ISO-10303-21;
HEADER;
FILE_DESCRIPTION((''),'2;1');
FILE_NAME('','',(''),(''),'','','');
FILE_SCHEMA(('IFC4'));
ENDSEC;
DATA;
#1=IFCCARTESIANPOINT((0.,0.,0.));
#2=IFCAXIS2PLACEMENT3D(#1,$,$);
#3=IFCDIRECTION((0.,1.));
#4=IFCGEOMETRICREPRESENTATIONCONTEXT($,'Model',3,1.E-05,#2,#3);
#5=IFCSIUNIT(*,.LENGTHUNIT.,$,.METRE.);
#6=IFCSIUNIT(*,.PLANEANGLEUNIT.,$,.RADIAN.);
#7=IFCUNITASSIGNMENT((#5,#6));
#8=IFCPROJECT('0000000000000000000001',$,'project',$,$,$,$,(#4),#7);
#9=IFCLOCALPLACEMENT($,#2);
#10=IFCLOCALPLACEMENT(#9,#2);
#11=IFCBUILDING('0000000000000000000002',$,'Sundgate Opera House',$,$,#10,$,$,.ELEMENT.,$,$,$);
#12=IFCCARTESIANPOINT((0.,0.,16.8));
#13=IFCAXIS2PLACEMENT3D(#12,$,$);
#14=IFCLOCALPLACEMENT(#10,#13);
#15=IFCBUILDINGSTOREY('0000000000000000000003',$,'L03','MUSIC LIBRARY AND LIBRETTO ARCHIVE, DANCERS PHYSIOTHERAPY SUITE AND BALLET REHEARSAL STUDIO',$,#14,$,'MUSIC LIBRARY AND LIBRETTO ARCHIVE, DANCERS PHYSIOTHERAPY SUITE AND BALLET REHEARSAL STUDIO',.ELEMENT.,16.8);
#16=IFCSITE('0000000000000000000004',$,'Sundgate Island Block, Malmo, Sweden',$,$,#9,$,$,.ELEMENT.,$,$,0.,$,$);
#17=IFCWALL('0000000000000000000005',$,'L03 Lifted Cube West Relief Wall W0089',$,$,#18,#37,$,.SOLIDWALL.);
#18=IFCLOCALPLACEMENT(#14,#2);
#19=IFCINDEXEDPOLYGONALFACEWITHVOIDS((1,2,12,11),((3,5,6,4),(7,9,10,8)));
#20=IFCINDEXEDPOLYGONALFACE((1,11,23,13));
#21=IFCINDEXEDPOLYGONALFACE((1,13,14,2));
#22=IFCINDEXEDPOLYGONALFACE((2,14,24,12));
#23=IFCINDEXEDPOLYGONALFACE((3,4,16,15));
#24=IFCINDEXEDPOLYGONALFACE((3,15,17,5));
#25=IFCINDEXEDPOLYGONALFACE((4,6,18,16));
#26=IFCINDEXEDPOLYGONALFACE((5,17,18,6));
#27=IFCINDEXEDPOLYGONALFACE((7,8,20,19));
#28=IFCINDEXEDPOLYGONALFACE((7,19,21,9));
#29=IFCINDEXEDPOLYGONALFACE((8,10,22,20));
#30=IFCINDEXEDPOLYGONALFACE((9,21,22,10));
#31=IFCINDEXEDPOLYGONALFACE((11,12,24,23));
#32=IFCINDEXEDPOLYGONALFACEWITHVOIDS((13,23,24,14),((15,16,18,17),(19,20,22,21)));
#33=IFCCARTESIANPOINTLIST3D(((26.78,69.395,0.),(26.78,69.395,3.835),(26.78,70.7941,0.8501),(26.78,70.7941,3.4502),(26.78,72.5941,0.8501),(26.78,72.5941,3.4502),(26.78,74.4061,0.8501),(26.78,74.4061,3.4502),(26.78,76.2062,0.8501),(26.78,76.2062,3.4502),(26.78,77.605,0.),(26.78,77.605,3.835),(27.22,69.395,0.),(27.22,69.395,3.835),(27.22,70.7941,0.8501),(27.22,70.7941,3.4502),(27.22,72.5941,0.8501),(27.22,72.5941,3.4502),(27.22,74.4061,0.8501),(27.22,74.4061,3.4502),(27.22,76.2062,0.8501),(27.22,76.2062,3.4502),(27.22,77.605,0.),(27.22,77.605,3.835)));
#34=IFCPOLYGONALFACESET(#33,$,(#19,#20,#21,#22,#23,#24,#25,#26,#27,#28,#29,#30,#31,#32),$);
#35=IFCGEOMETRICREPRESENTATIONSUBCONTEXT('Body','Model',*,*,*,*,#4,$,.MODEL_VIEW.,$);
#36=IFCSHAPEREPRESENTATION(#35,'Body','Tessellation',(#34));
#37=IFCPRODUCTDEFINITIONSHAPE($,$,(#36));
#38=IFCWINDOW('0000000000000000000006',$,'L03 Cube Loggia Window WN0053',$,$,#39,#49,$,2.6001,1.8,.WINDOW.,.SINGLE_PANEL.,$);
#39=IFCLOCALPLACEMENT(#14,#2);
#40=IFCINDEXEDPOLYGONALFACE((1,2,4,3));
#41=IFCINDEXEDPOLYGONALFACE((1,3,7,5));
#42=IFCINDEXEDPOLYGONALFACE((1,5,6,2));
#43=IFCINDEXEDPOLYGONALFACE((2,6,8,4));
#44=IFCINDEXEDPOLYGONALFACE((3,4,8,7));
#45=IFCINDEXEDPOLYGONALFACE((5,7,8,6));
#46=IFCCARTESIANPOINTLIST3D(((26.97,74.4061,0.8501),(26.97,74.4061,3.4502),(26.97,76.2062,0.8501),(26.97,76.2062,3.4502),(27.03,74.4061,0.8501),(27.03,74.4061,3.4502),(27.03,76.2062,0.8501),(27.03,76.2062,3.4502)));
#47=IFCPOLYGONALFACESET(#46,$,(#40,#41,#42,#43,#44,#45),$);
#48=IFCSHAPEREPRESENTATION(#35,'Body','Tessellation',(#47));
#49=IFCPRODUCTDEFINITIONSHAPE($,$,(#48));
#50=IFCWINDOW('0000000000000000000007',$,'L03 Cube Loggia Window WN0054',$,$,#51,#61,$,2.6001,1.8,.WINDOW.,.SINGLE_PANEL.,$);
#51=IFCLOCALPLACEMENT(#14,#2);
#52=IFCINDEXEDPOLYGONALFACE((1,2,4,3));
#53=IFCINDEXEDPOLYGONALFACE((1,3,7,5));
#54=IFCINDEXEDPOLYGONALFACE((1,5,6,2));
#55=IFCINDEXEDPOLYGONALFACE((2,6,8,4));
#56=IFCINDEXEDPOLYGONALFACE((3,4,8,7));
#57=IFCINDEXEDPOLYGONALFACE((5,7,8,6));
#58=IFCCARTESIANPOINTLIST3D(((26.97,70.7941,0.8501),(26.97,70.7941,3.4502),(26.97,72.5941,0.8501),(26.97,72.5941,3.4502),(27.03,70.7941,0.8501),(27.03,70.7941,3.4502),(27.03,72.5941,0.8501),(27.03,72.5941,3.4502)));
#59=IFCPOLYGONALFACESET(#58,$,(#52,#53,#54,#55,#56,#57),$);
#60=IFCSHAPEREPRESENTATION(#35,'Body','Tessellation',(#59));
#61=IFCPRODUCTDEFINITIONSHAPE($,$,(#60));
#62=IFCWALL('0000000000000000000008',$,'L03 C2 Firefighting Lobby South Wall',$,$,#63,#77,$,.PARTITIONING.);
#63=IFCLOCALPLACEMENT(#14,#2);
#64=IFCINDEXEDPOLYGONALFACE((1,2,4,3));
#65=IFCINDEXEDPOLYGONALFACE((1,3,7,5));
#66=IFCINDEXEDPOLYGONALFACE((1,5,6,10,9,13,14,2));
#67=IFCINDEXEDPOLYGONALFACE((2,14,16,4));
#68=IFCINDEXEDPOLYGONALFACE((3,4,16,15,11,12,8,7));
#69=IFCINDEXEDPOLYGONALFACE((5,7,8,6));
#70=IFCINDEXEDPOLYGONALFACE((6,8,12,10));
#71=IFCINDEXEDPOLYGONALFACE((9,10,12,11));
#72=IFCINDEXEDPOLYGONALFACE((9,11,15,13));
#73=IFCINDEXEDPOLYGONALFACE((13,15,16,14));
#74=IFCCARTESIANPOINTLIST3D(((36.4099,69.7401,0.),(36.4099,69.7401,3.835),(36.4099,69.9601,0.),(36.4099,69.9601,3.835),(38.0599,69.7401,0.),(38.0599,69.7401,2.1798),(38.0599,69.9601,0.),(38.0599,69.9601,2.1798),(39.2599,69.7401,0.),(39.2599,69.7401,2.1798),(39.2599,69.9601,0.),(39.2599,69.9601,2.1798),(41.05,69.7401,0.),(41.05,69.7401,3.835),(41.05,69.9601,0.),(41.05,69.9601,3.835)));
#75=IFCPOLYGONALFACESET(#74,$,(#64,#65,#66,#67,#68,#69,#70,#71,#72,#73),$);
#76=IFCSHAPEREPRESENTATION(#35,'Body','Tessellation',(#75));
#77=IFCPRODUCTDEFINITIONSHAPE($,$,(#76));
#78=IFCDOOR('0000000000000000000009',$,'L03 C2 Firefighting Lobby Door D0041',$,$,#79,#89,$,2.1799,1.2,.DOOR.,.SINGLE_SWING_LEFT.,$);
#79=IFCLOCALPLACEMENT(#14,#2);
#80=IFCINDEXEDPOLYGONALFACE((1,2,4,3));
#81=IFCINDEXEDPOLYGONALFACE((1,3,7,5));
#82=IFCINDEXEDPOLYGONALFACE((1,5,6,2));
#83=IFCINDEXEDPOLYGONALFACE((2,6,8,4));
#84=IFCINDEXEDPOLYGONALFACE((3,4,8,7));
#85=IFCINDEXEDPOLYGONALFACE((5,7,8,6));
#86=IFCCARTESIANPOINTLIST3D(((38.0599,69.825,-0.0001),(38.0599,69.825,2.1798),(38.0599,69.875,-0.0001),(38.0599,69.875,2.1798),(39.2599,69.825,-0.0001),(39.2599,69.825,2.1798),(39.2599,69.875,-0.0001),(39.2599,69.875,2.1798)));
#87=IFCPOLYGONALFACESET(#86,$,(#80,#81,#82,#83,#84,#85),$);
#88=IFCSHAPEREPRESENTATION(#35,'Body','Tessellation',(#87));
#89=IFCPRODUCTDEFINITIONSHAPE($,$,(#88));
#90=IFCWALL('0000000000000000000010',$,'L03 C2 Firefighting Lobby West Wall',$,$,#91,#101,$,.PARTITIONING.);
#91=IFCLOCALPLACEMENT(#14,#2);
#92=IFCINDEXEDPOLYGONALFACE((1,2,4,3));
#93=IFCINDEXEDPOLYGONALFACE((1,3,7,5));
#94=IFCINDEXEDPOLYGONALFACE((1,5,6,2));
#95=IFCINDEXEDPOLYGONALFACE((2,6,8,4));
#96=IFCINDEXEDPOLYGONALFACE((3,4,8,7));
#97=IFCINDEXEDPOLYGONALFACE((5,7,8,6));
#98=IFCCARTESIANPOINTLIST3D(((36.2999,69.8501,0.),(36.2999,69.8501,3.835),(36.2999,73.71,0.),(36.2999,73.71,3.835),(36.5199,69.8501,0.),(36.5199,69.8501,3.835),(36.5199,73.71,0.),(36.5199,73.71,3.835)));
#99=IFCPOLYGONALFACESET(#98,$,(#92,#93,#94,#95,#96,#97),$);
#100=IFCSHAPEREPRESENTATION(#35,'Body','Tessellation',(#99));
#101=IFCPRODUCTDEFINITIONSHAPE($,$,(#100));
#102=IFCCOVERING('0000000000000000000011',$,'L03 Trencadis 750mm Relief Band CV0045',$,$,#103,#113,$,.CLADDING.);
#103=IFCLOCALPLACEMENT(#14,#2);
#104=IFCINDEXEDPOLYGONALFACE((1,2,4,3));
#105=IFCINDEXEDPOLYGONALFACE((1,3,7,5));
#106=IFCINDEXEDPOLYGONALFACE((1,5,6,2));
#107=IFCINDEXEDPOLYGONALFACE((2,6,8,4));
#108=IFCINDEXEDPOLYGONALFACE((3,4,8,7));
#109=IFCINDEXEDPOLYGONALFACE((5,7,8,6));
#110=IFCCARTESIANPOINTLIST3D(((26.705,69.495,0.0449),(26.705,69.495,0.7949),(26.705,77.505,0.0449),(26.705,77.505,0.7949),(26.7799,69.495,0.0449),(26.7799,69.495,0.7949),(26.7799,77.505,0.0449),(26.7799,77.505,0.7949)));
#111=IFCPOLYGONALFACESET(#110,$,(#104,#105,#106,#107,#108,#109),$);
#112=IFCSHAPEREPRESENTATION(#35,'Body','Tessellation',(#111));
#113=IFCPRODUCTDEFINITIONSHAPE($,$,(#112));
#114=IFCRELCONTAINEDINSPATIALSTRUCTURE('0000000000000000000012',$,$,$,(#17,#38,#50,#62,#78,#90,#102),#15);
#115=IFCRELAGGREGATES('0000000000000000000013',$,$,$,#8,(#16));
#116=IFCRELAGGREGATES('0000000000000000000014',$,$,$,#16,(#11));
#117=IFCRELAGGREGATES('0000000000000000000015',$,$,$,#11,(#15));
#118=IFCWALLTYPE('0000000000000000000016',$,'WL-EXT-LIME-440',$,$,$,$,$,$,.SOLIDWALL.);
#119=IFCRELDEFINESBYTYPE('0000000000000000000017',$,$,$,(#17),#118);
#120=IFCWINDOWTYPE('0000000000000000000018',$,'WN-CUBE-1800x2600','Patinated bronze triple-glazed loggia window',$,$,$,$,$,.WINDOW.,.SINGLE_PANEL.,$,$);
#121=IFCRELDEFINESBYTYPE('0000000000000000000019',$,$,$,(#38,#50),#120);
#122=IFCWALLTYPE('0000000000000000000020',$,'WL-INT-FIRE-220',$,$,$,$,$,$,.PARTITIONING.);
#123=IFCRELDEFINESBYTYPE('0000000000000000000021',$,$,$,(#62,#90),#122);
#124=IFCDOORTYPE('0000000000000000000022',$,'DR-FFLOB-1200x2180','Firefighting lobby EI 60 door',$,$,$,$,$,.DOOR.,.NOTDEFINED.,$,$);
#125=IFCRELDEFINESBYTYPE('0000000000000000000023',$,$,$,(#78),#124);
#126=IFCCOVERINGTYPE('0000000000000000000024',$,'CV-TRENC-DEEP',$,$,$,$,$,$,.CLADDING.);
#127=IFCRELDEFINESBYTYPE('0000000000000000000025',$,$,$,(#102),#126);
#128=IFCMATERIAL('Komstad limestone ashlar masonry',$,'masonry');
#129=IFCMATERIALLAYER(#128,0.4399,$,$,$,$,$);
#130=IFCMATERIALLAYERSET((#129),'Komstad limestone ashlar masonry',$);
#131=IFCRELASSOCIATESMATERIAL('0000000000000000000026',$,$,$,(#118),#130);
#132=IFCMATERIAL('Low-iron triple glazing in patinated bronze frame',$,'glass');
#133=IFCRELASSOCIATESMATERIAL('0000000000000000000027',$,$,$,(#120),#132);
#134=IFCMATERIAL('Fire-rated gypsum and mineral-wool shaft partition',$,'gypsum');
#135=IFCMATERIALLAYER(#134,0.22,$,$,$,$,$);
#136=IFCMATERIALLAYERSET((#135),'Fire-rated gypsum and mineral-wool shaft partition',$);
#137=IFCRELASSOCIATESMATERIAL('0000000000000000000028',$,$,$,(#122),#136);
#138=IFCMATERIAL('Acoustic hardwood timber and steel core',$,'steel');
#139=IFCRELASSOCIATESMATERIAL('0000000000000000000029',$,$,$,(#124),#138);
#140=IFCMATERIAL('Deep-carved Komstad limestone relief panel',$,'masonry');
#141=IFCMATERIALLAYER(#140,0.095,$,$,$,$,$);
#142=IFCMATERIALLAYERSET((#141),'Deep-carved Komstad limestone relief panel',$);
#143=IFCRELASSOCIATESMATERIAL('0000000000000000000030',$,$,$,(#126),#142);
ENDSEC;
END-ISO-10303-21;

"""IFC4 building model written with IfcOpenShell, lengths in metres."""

from ifc_helpers import new_model, si_unit, direction, frame, frame_2d, origin, origin_2d, place, context, subcontext, project, spatial, rectangle, extrude, material, layer, layer_set, type_object, element, fill, save


model = new_model("IFC4")

# Units and contexts
model_context = context("Model", 3, precision=1e-05, world=origin(), true_north=direction((0.0, 1.0)))
body_context = subcontext(model_context, "Body", "Model", "MODEL_VIEW")
ifc_project = project(units=[si_unit("LENGTHUNIT", "METRE"), si_unit("PLANEANGLEUNIT", "RADIAN")], contexts=[model_context])

# Site, building, storey
site_placement = place(None, origin())
site = spatial("IfcSite", under=ifc_project, at=site_placement, Name="Sundgate Island Block, Malmo, Sweden", CompositionType="ELEMENT", RefElevation=0.0)
building_placement = place(site_placement, origin())
building = spatial("IfcBuilding", under=site, at=building_placement, Name="Sundgate Opera House", CompositionType="ELEMENT")
storey_placement = place(building_placement, frame((0.0, 0.0, 16.8)))
storey = spatial("IfcBuildingStorey", under=building, at=storey_placement, Name="L03", Description="MUSIC LIBRARY AND LIBRETTO ARCHIVE, DANCERS PHYSIOTHERAPY SUITE AND BALLET REHEARSAL STUDIO", LongName="MUSIC LIBRARY AND LIBRETTO ARCHIVE, DANCERS PHYSIOTHERAPY SUITE AND BALLET REHEARSAL STUDIO", CompositionType="ELEMENT", Elevation=16.8)

# Wall, openings, windows
ifc_material_1 = material(Name="Komstad limestone ashlar masonry", Category="masonry")
ifc_layer_1 = layer(ifc_material_1, 0.4399)
ifc_layer_set_1 = layer_set([ifc_layer_1], Name="Komstad limestone ashlar masonry")
wall_type_1 = type_object("IfcWallType", Name="WL-EXT-LIME-440", PredefinedType="SOLIDWALL", material=ifc_layer_set_1)
wall_1_placement = place(storey_placement, frame((27.0, 77.605, 0.0), z_axis=(0.0, 0.0, 1.0), x_axis=(0.0, -1.0, 0.0)))
wall_1 = element("IfcWall", 1, at=wall_1_placement, inside=storey, type_object=wall_type_1, Name="L03 Lifted Cube West Relief Wall W0089", PredefinedType="SOLIDWALL", context=body_context, shape_type="SweptSolid", body=[
    extrude(rectangle(XDim=8.21, YDim=0.4399, at=frame_2d((4.105, 0.0))), origin(), (0.0, 0.0, 1.0), 3.835),
])
opening_1_placement = place(wall_1_placement, frame((1.3989, 0.0, 0.8501)))
opening_1 = element("IfcOpeningElement", 2, at=opening_1_placement, cuts=wall_1, PredefinedType="OPENING", context=body_context, shape_type="SweptSolid", body=[
    extrude(rectangle(XDim=1.8, YDim=2.6001, at=frame_2d((0.8999, 1.3))), frame((0.0, 0.23, 0.0), z_axis=(0.0, -1.0, 0.0), x_axis=(1.0, 0.0, 0.0)), (0.0, 0.0, 1.0), 0.46),
])
opening_2_placement = place(wall_1_placement, frame((5.011, 0.0, 0.8501)))
opening_2 = element("IfcOpeningElement", 3, at=opening_2_placement, cuts=wall_1, PredefinedType="OPENING", context=body_context, shape_type="SweptSolid", body=[
    extrude(rectangle(XDim=1.8, YDim=2.6001, at=frame_2d((0.8999, 1.3))), frame((0.0, 0.23, 0.0), z_axis=(0.0, -1.0, 0.0), x_axis=(1.0, 0.0, 0.0)), (0.0, 0.0, 1.0), 0.46),
])
ifc_material_2 = material(Name="Low-iron triple glazing in patinated bronze frame", Category="glass")
window_type = type_object("IfcWindowType", Name="WN-CUBE-1800x2600", Description="Patinated bronze triple-glazed loggia window", PartitioningType="SINGLE_PANEL", PredefinedType="WINDOW", material=ifc_material_2)
window_1_placement = place(opening_1_placement, origin())
window_1 = element("IfcWindow", 4, at=window_1_placement, inside=storey, type_object=window_type, Name="L03 Cube Loggia Window WN0053", OverallHeight=2.6001, OverallWidth=1.8, PartitioningType="SINGLE_PANEL", PredefinedType="WINDOW", context=body_context, shape_type="SweptSolid", body=[
    extrude(rectangle(XDim=1.8, YDim=2.6001, at=frame_2d((0.8999, 1.3))), frame((0.0, 0.03, 0.0), z_axis=(0.0, -1.0, 0.0), x_axis=(1.0, 0.0, 0.0)), (0.0, 0.0, 1.0), 0.0601),
])
fill(opening_1, window_1)
window_2_placement = place(opening_2_placement, origin())
window_2 = element("IfcWindow", 5, at=window_2_placement, inside=storey, type_object=window_type, Name="L03 Cube Loggia Window WN0054", OverallHeight=2.6001, OverallWidth=1.8, PartitioningType="SINGLE_PANEL", PredefinedType="WINDOW", context=body_context, shape_type="SweptSolid", body=[
    extrude(rectangle(XDim=1.8, YDim=2.6001, at=frame_2d((0.8999, 1.3))), frame((0.0, 0.03, 0.0), z_axis=(0.0, -1.0, 0.0), x_axis=(1.0, 0.0, 0.0)), (0.0, 0.0, 1.0), 0.0601),
])
fill(opening_2, window_2)

# Wall, opening, door
ifc_material_3 = material(Name="Fire-rated gypsum and mineral-wool shaft partition", Category="gypsum")
ifc_layer_2 = layer(ifc_material_3, 0.22)
ifc_layer_set_2 = layer_set([ifc_layer_2], Name="Fire-rated gypsum and mineral-wool shaft partition")
wall_type_2 = type_object("IfcWallType", Name="WL-INT-FIRE-220", PredefinedType="PARTITIONING", material=ifc_layer_set_2)
wall_2_placement = place(storey_placement, frame((36.4099, 69.8501, 0.0), z_axis=(0.0, 0.0, 1.0), x_axis=(1.0, 0.0, 0.0)))
wall_2 = element("IfcWall", 6, at=wall_2_placement, inside=storey, type_object=wall_type_2, Name="L03 C2 Firefighting Lobby South Wall", PredefinedType="PARTITIONING", context=body_context, shape_type="SweptSolid", body=[
    extrude(rectangle(XDim=4.6401, YDim=0.22, at=frame_2d((2.3201, 0.0))), origin(), (0.0, 0.0, 1.0), 3.835),
])
opening_3_placement = place(wall_2_placement, frame((1.6499, 0.0, 0.0)))
opening_3 = element("IfcOpeningElement", 7, at=opening_3_placement, cuts=wall_2, PredefinedType="OPENING", context=body_context, shape_type="SweptSolid", body=[
    extrude(rectangle(XDim=1.2, YDim=2.1799, at=frame_2d((0.6001, 1.0898))), frame((0.0, 0.1199, 0.0), z_axis=(0.0, -1.0, 0.0), x_axis=(1.0, 0.0, 0.0)), (0.0, 0.0, 1.0), 0.24),
])
ifc_material_4 = material(Name="Acoustic hardwood timber and steel core", Category="steel")
door_type_1 = type_object("IfcDoorType", Name="DR-FFLOB-1200x2180", Description="Firefighting lobby EI 60 door", OperationType="NOTDEFINED", PredefinedType="DOOR", material=ifc_material_4)
door_1_placement = place(opening_3_placement, origin())
door_1 = element("IfcDoor", 8, at=door_1_placement, inside=storey, type_object=door_type_1, Name="L03 C2 Firefighting Lobby Door D0041", OperationType="SINGLE_SWING_LEFT", OverallHeight=2.1799, OverallWidth=1.2, PredefinedType="DOOR", context=body_context, shape_type="SweptSolid", body=[
    extrude(rectangle(XDim=1.2, YDim=2.1799, at=frame_2d((0.6001, 1.0898))), frame((0.0, 0.0249, 0.0), z_axis=(0.0, -1.0, 0.0), x_axis=(1.0, 0.0, 0.0)), (0.0, 0.0, 1.0), 0.05),
])
fill(opening_3, door_1)

# Wall
wall_3_placement = place(storey_placement, frame((36.4099, 69.8501, 0.0), z_axis=(0.0, 0.0, 1.0), x_axis=(0.0, 1.0, 0.0)))
element("IfcWall", 9, at=wall_3_placement, inside=storey, type_object=wall_type_2, Name="L03 C2 Firefighting Lobby West Wall", PredefinedType="PARTITIONING", context=body_context, shape_type="SweptSolid", body=[
    extrude(rectangle(XDim=3.8599, YDim=0.22, at=frame_2d((1.9299, 0.0))), origin(), (0.0, 0.0, 1.0), 3.835),
])

# Covering
ifc_material_5 = material(Name="Deep-carved Komstad limestone relief panel", Category="masonry")
ifc_layer_3 = layer(ifc_material_5, 0.095)
ifc_layer_set_3 = layer_set([ifc_layer_3], Name="Deep-carved Komstad limestone relief panel")
covering_type = type_object("IfcCoveringType", Name="CV-TRENC-DEEP", PredefinedType="CLADDING", material=ifc_layer_set_3)
covering_placement = place(storey_placement, frame((26.7424, 73.5, 0.0449), z_axis=(0.0, 0.0, 1.0), x_axis=(0.0, 1.0, 0.0)))
element("IfcCovering", 10, at=covering_placement, inside=storey, type_object=covering_type, Name="L03 Trencadis 750mm Relief Band CV0045", PredefinedType="CLADDING", context=body_context, shape_type="SweptSolid", body=[
    extrude(rectangle(XDim=8.01, YDim=0.075, at=origin_2d()), origin(), (0.0, 0.0, 1.0), 0.75),
])

save(model, "model.ifc")
